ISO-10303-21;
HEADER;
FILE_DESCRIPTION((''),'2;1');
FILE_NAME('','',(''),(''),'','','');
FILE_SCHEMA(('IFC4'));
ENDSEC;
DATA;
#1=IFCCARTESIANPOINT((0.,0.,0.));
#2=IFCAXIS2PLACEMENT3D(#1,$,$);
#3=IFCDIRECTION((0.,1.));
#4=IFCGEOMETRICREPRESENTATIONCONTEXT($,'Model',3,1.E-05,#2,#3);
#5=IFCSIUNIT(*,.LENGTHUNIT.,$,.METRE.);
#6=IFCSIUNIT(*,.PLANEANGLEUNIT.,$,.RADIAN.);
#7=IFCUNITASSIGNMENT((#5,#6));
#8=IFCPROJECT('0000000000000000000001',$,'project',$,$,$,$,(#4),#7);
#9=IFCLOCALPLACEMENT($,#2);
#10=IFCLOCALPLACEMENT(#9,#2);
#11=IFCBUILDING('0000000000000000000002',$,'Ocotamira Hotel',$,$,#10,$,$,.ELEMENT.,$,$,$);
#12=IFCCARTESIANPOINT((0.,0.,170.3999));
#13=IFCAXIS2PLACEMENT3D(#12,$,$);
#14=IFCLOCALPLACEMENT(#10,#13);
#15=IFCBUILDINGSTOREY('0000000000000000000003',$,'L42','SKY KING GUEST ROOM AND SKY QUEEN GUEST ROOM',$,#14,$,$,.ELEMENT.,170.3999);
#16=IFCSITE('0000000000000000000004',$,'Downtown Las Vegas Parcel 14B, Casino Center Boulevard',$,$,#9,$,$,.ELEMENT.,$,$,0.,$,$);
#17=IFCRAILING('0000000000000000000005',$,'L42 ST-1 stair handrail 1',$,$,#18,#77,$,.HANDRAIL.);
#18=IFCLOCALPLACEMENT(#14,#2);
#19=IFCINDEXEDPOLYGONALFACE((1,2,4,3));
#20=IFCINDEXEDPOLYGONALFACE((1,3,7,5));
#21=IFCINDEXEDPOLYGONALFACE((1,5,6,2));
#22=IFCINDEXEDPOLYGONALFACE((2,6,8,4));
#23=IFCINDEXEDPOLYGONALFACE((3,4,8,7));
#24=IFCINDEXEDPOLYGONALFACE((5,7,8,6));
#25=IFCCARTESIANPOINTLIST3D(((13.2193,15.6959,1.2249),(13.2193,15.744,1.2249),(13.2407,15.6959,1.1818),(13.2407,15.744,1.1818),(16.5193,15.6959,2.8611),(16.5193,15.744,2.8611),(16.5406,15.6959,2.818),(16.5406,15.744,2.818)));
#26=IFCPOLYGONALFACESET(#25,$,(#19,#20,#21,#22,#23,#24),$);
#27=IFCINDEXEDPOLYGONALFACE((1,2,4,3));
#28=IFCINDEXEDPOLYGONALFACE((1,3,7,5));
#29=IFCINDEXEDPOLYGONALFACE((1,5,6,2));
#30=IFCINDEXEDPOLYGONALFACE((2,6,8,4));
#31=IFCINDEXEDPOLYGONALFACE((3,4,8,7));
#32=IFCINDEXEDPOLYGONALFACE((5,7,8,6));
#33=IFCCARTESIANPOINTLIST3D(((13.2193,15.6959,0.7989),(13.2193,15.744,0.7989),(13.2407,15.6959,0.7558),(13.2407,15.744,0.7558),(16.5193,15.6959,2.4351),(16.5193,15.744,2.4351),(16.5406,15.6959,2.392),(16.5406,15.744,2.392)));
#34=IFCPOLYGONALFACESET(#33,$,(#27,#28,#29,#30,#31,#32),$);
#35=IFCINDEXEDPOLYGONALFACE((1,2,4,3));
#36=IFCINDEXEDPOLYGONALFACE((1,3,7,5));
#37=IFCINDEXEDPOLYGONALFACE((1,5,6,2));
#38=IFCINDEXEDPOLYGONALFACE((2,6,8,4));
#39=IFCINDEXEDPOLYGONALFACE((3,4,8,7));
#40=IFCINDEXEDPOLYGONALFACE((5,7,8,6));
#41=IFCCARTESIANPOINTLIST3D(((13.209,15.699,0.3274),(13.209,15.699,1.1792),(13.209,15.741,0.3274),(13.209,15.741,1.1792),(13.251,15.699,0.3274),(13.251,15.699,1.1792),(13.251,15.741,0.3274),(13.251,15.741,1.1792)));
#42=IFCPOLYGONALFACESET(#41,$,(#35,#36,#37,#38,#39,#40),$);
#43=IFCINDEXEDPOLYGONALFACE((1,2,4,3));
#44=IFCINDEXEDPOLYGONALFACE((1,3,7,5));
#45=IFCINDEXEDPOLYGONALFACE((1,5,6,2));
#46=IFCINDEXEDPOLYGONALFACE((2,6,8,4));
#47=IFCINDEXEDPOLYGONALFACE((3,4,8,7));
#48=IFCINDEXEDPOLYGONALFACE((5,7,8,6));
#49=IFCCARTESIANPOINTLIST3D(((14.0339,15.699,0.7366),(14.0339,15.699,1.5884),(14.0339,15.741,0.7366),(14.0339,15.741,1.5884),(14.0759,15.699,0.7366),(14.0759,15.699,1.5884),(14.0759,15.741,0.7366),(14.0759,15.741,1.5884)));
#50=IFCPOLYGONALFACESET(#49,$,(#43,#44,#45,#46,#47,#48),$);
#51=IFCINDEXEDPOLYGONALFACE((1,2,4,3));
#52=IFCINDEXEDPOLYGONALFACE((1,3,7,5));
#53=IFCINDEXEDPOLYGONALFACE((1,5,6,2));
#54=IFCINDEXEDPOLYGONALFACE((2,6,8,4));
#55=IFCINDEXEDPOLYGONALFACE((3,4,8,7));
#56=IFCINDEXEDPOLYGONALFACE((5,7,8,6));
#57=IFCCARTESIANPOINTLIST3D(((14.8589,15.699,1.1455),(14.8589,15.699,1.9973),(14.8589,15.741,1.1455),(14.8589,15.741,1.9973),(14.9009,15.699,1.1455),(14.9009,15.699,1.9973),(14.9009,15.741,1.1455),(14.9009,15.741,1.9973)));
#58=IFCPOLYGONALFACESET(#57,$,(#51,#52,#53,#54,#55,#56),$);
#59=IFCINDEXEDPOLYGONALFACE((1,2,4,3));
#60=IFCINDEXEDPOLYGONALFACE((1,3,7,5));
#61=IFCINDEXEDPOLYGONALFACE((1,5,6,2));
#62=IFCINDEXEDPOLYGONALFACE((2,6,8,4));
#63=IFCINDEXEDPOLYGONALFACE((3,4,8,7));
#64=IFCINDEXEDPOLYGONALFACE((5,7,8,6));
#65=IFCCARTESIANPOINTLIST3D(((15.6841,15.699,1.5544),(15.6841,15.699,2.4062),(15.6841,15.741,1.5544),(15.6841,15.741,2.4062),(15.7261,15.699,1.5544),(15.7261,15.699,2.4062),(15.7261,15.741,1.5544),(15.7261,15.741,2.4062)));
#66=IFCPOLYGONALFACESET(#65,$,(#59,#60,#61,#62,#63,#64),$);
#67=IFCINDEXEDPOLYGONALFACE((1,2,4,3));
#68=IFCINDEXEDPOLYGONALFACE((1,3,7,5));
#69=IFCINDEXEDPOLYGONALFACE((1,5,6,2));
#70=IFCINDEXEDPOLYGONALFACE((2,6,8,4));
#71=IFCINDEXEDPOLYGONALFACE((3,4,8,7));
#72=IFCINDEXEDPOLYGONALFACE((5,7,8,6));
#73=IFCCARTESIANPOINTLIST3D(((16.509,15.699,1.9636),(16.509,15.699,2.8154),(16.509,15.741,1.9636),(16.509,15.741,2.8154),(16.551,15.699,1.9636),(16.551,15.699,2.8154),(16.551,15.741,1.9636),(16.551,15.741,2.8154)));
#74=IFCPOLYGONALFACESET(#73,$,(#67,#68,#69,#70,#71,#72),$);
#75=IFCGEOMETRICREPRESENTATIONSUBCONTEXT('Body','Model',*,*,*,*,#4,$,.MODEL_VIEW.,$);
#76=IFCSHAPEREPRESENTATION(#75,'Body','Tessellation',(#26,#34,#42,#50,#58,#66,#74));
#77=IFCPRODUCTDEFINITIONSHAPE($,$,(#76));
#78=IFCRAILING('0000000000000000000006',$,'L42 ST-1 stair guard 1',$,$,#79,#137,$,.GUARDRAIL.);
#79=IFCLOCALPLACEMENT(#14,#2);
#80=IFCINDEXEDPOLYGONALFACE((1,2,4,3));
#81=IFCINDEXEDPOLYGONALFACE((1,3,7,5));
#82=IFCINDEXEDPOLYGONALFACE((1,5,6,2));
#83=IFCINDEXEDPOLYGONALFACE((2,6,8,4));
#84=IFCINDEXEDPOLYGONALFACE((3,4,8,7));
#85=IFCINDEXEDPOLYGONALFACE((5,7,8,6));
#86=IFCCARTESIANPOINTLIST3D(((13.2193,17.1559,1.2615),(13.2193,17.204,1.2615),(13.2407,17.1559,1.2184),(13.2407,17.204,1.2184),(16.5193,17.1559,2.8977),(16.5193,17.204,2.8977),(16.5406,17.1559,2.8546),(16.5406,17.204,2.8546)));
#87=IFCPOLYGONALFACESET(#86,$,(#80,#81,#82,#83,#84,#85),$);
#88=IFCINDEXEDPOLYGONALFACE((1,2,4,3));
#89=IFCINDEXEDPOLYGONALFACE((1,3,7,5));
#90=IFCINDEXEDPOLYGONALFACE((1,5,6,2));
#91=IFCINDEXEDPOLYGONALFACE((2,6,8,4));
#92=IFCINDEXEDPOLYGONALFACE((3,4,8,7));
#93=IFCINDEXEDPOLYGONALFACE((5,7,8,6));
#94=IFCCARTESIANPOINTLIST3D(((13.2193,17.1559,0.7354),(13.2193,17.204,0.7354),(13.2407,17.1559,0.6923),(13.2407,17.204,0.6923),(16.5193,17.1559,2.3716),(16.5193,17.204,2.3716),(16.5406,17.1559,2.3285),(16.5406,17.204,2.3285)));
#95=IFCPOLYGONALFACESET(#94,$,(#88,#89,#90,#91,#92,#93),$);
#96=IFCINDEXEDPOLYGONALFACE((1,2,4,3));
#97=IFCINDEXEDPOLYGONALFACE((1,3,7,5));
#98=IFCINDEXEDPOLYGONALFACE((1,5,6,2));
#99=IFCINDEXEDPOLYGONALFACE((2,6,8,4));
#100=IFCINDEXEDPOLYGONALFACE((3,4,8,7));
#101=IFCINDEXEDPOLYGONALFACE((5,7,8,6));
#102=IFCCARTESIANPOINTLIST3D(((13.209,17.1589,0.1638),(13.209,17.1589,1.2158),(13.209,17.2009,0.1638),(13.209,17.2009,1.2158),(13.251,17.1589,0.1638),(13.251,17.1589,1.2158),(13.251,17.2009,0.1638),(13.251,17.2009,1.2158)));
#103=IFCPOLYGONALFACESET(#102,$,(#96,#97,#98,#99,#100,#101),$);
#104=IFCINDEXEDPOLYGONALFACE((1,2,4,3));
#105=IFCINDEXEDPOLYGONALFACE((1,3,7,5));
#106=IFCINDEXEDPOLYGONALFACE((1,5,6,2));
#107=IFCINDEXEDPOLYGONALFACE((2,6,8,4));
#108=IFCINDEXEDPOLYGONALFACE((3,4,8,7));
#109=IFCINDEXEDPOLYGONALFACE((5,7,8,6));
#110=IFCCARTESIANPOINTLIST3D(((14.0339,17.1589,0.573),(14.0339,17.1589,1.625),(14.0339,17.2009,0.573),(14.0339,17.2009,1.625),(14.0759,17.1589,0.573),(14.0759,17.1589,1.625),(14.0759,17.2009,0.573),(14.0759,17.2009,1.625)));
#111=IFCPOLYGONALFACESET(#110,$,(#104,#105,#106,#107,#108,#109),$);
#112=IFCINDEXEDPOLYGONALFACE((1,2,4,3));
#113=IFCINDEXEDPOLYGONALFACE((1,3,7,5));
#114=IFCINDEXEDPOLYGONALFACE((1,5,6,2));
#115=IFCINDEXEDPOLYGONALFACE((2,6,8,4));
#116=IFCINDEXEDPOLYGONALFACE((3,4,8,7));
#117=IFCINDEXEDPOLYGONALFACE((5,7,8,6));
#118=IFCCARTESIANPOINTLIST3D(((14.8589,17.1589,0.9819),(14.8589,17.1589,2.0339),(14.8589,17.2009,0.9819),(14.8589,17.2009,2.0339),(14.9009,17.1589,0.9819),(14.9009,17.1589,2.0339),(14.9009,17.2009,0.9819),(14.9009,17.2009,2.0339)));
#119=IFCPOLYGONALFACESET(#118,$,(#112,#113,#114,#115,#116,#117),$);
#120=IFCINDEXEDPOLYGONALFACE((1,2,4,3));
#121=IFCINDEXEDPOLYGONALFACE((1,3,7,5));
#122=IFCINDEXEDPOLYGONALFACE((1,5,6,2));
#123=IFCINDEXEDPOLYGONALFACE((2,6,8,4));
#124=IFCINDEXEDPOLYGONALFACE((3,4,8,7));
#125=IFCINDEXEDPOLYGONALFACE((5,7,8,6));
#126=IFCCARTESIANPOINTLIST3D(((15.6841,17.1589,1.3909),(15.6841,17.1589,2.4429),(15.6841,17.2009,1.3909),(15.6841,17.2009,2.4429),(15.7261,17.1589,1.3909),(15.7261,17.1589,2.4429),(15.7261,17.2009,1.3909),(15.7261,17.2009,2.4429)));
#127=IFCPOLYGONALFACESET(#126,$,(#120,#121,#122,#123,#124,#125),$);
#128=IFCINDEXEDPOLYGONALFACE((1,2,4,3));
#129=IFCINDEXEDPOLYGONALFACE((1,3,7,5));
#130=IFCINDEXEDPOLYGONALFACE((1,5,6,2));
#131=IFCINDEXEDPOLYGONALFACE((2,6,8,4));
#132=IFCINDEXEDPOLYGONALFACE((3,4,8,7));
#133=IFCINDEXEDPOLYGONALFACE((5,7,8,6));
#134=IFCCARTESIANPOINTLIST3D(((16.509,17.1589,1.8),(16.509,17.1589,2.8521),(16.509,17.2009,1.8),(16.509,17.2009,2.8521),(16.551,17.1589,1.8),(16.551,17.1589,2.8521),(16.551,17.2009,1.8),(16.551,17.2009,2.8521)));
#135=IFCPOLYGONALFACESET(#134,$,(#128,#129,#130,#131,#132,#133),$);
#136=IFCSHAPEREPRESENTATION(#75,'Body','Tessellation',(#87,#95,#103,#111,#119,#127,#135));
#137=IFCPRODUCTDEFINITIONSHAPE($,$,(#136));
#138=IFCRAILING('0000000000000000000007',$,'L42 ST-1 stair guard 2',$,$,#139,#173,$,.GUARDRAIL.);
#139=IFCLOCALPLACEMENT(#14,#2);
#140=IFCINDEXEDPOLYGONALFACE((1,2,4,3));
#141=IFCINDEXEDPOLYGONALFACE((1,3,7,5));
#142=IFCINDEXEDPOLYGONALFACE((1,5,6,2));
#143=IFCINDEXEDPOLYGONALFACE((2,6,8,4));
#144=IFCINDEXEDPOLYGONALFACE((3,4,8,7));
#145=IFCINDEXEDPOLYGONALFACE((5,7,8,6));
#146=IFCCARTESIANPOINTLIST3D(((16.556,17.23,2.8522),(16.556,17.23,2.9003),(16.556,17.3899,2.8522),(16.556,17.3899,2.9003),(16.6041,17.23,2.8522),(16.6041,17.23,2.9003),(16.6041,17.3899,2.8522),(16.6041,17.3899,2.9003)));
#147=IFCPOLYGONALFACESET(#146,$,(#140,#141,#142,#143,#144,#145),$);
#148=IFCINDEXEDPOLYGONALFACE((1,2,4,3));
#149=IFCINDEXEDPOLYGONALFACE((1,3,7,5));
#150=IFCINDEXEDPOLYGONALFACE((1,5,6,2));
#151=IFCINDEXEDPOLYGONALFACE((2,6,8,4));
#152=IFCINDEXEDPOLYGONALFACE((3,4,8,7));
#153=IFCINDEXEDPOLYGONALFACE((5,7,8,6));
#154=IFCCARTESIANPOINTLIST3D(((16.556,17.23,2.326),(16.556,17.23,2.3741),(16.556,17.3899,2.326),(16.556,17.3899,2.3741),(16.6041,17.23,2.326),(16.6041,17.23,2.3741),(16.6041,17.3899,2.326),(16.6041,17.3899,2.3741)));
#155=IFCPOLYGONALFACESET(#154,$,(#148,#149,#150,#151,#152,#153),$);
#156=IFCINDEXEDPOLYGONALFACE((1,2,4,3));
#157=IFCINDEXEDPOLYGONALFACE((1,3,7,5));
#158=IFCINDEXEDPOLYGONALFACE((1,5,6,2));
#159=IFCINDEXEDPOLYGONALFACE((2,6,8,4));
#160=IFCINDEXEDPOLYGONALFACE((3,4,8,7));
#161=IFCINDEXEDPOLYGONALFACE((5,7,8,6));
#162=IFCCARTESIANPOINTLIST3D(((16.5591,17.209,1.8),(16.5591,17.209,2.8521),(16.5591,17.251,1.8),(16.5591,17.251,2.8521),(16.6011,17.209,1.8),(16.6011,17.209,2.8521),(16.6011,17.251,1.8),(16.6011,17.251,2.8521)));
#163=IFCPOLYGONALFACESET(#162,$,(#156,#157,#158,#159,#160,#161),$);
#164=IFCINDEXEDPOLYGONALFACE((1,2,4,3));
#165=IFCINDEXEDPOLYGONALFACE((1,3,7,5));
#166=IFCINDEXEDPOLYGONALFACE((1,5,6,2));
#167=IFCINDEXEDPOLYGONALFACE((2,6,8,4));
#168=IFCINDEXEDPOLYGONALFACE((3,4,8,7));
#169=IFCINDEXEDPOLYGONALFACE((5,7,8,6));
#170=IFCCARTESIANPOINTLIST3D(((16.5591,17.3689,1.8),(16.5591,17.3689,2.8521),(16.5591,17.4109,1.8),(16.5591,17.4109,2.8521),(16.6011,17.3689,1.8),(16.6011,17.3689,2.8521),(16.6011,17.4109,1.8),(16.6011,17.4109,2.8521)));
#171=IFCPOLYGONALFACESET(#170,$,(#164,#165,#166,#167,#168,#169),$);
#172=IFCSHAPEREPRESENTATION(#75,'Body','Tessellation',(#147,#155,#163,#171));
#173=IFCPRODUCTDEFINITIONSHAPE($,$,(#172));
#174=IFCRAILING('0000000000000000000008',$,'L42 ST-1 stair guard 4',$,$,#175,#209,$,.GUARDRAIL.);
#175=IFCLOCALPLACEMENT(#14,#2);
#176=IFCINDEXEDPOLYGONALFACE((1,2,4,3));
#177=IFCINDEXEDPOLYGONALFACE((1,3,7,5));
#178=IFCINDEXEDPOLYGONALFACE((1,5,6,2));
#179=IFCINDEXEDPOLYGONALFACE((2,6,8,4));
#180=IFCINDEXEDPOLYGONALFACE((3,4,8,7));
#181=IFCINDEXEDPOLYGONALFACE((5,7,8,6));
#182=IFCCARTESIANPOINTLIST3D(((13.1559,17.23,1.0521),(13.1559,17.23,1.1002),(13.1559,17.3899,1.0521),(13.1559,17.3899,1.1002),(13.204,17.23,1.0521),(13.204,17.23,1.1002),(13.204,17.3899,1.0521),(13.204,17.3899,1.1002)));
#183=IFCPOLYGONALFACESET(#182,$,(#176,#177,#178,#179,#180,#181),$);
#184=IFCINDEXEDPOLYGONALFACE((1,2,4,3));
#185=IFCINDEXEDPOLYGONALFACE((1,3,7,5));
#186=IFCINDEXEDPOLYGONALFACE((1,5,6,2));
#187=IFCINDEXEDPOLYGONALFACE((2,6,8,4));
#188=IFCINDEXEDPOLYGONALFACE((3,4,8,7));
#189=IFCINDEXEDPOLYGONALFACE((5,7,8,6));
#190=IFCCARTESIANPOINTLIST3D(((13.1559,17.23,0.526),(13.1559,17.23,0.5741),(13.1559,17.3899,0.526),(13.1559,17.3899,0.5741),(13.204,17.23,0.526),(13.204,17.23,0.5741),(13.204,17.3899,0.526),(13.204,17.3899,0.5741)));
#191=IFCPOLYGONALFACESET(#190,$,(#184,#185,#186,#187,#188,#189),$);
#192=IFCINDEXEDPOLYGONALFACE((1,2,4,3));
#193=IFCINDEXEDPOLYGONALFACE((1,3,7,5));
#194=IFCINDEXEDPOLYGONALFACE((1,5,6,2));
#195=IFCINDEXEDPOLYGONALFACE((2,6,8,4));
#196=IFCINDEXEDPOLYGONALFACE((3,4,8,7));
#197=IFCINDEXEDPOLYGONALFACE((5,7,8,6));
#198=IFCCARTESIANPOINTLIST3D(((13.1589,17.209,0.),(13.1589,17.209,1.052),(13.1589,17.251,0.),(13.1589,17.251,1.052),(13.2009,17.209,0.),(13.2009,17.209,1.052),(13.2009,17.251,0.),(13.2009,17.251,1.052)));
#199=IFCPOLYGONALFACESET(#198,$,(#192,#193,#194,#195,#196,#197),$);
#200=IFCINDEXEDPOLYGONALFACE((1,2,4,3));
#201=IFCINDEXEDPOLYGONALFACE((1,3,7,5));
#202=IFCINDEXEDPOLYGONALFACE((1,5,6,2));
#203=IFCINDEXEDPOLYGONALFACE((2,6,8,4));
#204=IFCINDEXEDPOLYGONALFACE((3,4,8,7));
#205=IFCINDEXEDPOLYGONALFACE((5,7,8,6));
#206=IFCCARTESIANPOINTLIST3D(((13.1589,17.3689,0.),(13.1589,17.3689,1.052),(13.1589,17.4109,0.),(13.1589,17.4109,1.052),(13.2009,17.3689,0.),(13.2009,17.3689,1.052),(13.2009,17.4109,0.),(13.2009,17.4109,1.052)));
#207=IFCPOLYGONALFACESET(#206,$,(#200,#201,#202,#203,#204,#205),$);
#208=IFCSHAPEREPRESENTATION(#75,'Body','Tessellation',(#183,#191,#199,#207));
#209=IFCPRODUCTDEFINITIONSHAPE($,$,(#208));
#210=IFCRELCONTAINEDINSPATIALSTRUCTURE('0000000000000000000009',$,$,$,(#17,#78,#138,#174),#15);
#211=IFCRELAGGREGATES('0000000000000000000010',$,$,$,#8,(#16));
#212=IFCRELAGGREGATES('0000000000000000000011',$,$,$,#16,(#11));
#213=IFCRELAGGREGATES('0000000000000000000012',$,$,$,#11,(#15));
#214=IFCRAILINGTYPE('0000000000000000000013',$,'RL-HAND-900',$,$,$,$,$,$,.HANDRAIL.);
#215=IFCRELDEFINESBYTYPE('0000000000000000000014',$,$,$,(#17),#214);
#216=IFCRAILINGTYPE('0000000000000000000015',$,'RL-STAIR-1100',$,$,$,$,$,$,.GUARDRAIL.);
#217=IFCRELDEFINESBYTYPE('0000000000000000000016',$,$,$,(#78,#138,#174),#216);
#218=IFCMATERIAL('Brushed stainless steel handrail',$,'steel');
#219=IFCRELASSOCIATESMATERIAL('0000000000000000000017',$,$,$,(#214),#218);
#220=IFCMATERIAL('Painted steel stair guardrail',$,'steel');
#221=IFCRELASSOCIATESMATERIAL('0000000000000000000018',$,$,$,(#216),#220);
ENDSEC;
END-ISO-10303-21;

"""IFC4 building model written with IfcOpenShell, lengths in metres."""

from ifc_helpers import new_model, si_unit, direction, frame, origin, origin_2d, place, context, subcontext, project, spatial, rectangle, extrude, material, type_object, element, save


model = new_model("IFC4")

# Units and contexts
model_context = context("Model", 3, precision=1e-05, world=origin(), true_north=direction((0.0, 1.0)))
body_context = subcontext(model_context, "Body", "Model", "MODEL_VIEW")
ifc_project = project(units=[si_unit("LENGTHUNIT", "METRE"), si_unit("PLANEANGLEUNIT", "RADIAN")], contexts=[model_context])

# Site, building, storey
site_placement = place(None, origin())
site = spatial("IfcSite", under=ifc_project, at=site_placement, Name="Downtown Las Vegas Parcel 14B, Casino Center Boulevard", CompositionType="ELEMENT", RefElevation=0.0)
building_placement = place(site_placement, origin())
building = spatial("IfcBuilding", under=site, at=building_placement, Name="Ocotamira Hotel", CompositionType="ELEMENT")
storey_placement = place(building_placement, frame((0.0, 0.0, 170.3999)))
storey = spatial("IfcBuildingStorey", under=building, at=storey_placement, Name="L42", Description="SKY KING GUEST ROOM AND SKY QUEEN GUEST ROOM", CompositionType="ELEMENT", Elevation=170.3999)

# Railings
ifc_material_1 = material(Name="Brushed stainless steel handrail", Category="steel")
railing_type_1 = type_object("IfcRailingType", Name="RL-HAND-900", PredefinedType="HANDRAIL", material=ifc_material_1)
railing_1_placement = place(storey_placement, frame((13.23, 15.72, 0.3274)))
element("IfcRailing", 1, at=railing_1_placement, inside=storey, type_object=railing_type_1, Name="L42 ST-1 stair handrail 1", PredefinedType="HANDRAIL", context=body_context, shape_type="SweptSolid", body=[
    extrude(rectangle(XDim=0.0481, YDim=0.0481, at=origin_2d()), frame((0.0, 0.0, 0.876), z_axis=(0.89592, 0.0, 0.444215), x_axis=(0.0, 1.0, 0.0)), (0.0, 0.0, 1.0), 3.6833),
    extrude(rectangle(XDim=0.0481, YDim=0.0481, at=origin_2d()), frame((0.0, 0.0, 0.45), z_axis=(0.89592, 0.0, 0.444215), x_axis=(0.0, 1.0, 0.0)), (0.0, 0.0, 1.0), 3.6833),
    extrude(rectangle(XDim=0.042, YDim=0.042, at=origin_2d()), origin(), (0.0, 0.0, 1.0), 0.8518),
    extrude(rectangle(XDim=0.042, YDim=0.042, at=origin_2d()), frame((0.825, 0.0, 0.4092)), (0.0, 0.0, 1.0), 0.8518),
    extrude(rectangle(XDim=0.042, YDim=0.042, at=origin_2d()), frame((1.6499, 0.0, 0.8181)), (0.0, 0.0, 1.0), 0.8518),
    extrude(rectangle(XDim=0.042, YDim=0.042, at=origin_2d()), frame((2.4751, 0.0, 1.2271)), (0.0, 0.0, 1.0), 0.8518),
    extrude(rectangle(XDim=0.042, YDim=0.042, at=origin_2d()), frame((3.3, 0.0, 1.6362)), (0.0, 0.0, 1.0), 0.8518),
])
ifc_material_2 = material(Name="Painted steel stair guardrail", Category="steel")
railing_type_2 = type_object("IfcRailingType", Name="RL-STAIR-1100", PredefinedType="GUARDRAIL", material=ifc_material_2)
railing_2_placement = place(storey_placement, frame((13.23, 17.1799, 0.1638)))
element("IfcRailing", 2, at=railing_2_placement, inside=storey, type_object=railing_type_2, Name="L42 ST-1 stair guard 1", PredefinedType="GUARDRAIL", context=body_context, shape_type="SweptSolid", body=[
    extrude(rectangle(XDim=0.0481, YDim=0.0481, at=origin_2d()), frame((0.0, 0.0, 1.0762), z_axis=(0.89592, 0.0, 0.444215), x_axis=(0.0, 1.0, 0.0)), (0.0, 0.0, 1.0), 3.6833),
    extrude(rectangle(XDim=0.0481, YDim=0.0481, at=origin_2d()), frame((0.0, 0.0, 0.55), z_axis=(0.89592, 0.0, 0.444215), x_axis=(0.0, 1.0, 0.0)), (0.0, 0.0, 1.0), 3.6833),
    extrude(rectangle(XDim=0.042, YDim=0.042, at=origin_2d()), origin(), (0.0, 0.0, 1.0), 1.052),
    extrude(rectangle(XDim=0.042, YDim=0.042, at=origin_2d()), frame((0.825, 0.0, 0.4092)), (0.0, 0.0, 1.0), 1.052),
    extrude(rectangle(XDim=0.042, YDim=0.042, at=origin_2d()), frame((1.6499, 0.0, 0.8181)), (0.0, 0.0, 1.0), 1.052),
    extrude(rectangle(XDim=0.042, YDim=0.042, at=origin_2d()), frame((2.4751, 0.0, 1.2271)), (0.0, 0.0, 1.0), 1.052),
    extrude(rectangle(XDim=0.042, YDim=0.042, at=origin_2d()), frame((3.3, 0.0, 1.6362)), (0.0, 0.0, 1.0), 1.052),
])
for number, where, name in (
    (3, (16.5801, 17.23, 1.8), "L42 ST-1 stair guard 2"),
    (4, (13.1799, 17.23, 0.0), "L42 ST-1 stair guard 4"),
):
    element("IfcRailing", number, at=place(storey_placement, frame(where)), inside=storey, type_object=railing_type_2, Name=name, PredefinedType="GUARDRAIL", context=body_context, shape_type="SweptSolid", body=[
        extrude(rectangle(XDim=0.0481, YDim=0.0481, at=origin_2d()), frame((0.0, 0.0, 1.0762), z_axis=(0.0, 1.0, 0.0), x_axis=(-1.0, 0.0, 0.0)), (0.0, 0.0, 1.0), 0.1599),
        extrude(rectangle(XDim=0.0481, YDim=0.0481, at=origin_2d()), frame((0.0, 0.0, 0.55), z_axis=(0.0, 1.0, 0.0), x_axis=(-1.0, 0.0, 0.0)), (0.0, 0.0, 1.0), 0.1599),
        extrude(rectangle(XDim=0.042, YDim=0.042, at=origin_2d()), origin(), (0.0, 0.0, 1.0), 1.052),
        extrude(rectangle(XDim=0.042, YDim=0.042, at=origin_2d()), frame((0.0, 0.1599, 0.0)), (0.0, 0.0, 1.0), 1.052),
    ])

save(model, "model.ifc")
